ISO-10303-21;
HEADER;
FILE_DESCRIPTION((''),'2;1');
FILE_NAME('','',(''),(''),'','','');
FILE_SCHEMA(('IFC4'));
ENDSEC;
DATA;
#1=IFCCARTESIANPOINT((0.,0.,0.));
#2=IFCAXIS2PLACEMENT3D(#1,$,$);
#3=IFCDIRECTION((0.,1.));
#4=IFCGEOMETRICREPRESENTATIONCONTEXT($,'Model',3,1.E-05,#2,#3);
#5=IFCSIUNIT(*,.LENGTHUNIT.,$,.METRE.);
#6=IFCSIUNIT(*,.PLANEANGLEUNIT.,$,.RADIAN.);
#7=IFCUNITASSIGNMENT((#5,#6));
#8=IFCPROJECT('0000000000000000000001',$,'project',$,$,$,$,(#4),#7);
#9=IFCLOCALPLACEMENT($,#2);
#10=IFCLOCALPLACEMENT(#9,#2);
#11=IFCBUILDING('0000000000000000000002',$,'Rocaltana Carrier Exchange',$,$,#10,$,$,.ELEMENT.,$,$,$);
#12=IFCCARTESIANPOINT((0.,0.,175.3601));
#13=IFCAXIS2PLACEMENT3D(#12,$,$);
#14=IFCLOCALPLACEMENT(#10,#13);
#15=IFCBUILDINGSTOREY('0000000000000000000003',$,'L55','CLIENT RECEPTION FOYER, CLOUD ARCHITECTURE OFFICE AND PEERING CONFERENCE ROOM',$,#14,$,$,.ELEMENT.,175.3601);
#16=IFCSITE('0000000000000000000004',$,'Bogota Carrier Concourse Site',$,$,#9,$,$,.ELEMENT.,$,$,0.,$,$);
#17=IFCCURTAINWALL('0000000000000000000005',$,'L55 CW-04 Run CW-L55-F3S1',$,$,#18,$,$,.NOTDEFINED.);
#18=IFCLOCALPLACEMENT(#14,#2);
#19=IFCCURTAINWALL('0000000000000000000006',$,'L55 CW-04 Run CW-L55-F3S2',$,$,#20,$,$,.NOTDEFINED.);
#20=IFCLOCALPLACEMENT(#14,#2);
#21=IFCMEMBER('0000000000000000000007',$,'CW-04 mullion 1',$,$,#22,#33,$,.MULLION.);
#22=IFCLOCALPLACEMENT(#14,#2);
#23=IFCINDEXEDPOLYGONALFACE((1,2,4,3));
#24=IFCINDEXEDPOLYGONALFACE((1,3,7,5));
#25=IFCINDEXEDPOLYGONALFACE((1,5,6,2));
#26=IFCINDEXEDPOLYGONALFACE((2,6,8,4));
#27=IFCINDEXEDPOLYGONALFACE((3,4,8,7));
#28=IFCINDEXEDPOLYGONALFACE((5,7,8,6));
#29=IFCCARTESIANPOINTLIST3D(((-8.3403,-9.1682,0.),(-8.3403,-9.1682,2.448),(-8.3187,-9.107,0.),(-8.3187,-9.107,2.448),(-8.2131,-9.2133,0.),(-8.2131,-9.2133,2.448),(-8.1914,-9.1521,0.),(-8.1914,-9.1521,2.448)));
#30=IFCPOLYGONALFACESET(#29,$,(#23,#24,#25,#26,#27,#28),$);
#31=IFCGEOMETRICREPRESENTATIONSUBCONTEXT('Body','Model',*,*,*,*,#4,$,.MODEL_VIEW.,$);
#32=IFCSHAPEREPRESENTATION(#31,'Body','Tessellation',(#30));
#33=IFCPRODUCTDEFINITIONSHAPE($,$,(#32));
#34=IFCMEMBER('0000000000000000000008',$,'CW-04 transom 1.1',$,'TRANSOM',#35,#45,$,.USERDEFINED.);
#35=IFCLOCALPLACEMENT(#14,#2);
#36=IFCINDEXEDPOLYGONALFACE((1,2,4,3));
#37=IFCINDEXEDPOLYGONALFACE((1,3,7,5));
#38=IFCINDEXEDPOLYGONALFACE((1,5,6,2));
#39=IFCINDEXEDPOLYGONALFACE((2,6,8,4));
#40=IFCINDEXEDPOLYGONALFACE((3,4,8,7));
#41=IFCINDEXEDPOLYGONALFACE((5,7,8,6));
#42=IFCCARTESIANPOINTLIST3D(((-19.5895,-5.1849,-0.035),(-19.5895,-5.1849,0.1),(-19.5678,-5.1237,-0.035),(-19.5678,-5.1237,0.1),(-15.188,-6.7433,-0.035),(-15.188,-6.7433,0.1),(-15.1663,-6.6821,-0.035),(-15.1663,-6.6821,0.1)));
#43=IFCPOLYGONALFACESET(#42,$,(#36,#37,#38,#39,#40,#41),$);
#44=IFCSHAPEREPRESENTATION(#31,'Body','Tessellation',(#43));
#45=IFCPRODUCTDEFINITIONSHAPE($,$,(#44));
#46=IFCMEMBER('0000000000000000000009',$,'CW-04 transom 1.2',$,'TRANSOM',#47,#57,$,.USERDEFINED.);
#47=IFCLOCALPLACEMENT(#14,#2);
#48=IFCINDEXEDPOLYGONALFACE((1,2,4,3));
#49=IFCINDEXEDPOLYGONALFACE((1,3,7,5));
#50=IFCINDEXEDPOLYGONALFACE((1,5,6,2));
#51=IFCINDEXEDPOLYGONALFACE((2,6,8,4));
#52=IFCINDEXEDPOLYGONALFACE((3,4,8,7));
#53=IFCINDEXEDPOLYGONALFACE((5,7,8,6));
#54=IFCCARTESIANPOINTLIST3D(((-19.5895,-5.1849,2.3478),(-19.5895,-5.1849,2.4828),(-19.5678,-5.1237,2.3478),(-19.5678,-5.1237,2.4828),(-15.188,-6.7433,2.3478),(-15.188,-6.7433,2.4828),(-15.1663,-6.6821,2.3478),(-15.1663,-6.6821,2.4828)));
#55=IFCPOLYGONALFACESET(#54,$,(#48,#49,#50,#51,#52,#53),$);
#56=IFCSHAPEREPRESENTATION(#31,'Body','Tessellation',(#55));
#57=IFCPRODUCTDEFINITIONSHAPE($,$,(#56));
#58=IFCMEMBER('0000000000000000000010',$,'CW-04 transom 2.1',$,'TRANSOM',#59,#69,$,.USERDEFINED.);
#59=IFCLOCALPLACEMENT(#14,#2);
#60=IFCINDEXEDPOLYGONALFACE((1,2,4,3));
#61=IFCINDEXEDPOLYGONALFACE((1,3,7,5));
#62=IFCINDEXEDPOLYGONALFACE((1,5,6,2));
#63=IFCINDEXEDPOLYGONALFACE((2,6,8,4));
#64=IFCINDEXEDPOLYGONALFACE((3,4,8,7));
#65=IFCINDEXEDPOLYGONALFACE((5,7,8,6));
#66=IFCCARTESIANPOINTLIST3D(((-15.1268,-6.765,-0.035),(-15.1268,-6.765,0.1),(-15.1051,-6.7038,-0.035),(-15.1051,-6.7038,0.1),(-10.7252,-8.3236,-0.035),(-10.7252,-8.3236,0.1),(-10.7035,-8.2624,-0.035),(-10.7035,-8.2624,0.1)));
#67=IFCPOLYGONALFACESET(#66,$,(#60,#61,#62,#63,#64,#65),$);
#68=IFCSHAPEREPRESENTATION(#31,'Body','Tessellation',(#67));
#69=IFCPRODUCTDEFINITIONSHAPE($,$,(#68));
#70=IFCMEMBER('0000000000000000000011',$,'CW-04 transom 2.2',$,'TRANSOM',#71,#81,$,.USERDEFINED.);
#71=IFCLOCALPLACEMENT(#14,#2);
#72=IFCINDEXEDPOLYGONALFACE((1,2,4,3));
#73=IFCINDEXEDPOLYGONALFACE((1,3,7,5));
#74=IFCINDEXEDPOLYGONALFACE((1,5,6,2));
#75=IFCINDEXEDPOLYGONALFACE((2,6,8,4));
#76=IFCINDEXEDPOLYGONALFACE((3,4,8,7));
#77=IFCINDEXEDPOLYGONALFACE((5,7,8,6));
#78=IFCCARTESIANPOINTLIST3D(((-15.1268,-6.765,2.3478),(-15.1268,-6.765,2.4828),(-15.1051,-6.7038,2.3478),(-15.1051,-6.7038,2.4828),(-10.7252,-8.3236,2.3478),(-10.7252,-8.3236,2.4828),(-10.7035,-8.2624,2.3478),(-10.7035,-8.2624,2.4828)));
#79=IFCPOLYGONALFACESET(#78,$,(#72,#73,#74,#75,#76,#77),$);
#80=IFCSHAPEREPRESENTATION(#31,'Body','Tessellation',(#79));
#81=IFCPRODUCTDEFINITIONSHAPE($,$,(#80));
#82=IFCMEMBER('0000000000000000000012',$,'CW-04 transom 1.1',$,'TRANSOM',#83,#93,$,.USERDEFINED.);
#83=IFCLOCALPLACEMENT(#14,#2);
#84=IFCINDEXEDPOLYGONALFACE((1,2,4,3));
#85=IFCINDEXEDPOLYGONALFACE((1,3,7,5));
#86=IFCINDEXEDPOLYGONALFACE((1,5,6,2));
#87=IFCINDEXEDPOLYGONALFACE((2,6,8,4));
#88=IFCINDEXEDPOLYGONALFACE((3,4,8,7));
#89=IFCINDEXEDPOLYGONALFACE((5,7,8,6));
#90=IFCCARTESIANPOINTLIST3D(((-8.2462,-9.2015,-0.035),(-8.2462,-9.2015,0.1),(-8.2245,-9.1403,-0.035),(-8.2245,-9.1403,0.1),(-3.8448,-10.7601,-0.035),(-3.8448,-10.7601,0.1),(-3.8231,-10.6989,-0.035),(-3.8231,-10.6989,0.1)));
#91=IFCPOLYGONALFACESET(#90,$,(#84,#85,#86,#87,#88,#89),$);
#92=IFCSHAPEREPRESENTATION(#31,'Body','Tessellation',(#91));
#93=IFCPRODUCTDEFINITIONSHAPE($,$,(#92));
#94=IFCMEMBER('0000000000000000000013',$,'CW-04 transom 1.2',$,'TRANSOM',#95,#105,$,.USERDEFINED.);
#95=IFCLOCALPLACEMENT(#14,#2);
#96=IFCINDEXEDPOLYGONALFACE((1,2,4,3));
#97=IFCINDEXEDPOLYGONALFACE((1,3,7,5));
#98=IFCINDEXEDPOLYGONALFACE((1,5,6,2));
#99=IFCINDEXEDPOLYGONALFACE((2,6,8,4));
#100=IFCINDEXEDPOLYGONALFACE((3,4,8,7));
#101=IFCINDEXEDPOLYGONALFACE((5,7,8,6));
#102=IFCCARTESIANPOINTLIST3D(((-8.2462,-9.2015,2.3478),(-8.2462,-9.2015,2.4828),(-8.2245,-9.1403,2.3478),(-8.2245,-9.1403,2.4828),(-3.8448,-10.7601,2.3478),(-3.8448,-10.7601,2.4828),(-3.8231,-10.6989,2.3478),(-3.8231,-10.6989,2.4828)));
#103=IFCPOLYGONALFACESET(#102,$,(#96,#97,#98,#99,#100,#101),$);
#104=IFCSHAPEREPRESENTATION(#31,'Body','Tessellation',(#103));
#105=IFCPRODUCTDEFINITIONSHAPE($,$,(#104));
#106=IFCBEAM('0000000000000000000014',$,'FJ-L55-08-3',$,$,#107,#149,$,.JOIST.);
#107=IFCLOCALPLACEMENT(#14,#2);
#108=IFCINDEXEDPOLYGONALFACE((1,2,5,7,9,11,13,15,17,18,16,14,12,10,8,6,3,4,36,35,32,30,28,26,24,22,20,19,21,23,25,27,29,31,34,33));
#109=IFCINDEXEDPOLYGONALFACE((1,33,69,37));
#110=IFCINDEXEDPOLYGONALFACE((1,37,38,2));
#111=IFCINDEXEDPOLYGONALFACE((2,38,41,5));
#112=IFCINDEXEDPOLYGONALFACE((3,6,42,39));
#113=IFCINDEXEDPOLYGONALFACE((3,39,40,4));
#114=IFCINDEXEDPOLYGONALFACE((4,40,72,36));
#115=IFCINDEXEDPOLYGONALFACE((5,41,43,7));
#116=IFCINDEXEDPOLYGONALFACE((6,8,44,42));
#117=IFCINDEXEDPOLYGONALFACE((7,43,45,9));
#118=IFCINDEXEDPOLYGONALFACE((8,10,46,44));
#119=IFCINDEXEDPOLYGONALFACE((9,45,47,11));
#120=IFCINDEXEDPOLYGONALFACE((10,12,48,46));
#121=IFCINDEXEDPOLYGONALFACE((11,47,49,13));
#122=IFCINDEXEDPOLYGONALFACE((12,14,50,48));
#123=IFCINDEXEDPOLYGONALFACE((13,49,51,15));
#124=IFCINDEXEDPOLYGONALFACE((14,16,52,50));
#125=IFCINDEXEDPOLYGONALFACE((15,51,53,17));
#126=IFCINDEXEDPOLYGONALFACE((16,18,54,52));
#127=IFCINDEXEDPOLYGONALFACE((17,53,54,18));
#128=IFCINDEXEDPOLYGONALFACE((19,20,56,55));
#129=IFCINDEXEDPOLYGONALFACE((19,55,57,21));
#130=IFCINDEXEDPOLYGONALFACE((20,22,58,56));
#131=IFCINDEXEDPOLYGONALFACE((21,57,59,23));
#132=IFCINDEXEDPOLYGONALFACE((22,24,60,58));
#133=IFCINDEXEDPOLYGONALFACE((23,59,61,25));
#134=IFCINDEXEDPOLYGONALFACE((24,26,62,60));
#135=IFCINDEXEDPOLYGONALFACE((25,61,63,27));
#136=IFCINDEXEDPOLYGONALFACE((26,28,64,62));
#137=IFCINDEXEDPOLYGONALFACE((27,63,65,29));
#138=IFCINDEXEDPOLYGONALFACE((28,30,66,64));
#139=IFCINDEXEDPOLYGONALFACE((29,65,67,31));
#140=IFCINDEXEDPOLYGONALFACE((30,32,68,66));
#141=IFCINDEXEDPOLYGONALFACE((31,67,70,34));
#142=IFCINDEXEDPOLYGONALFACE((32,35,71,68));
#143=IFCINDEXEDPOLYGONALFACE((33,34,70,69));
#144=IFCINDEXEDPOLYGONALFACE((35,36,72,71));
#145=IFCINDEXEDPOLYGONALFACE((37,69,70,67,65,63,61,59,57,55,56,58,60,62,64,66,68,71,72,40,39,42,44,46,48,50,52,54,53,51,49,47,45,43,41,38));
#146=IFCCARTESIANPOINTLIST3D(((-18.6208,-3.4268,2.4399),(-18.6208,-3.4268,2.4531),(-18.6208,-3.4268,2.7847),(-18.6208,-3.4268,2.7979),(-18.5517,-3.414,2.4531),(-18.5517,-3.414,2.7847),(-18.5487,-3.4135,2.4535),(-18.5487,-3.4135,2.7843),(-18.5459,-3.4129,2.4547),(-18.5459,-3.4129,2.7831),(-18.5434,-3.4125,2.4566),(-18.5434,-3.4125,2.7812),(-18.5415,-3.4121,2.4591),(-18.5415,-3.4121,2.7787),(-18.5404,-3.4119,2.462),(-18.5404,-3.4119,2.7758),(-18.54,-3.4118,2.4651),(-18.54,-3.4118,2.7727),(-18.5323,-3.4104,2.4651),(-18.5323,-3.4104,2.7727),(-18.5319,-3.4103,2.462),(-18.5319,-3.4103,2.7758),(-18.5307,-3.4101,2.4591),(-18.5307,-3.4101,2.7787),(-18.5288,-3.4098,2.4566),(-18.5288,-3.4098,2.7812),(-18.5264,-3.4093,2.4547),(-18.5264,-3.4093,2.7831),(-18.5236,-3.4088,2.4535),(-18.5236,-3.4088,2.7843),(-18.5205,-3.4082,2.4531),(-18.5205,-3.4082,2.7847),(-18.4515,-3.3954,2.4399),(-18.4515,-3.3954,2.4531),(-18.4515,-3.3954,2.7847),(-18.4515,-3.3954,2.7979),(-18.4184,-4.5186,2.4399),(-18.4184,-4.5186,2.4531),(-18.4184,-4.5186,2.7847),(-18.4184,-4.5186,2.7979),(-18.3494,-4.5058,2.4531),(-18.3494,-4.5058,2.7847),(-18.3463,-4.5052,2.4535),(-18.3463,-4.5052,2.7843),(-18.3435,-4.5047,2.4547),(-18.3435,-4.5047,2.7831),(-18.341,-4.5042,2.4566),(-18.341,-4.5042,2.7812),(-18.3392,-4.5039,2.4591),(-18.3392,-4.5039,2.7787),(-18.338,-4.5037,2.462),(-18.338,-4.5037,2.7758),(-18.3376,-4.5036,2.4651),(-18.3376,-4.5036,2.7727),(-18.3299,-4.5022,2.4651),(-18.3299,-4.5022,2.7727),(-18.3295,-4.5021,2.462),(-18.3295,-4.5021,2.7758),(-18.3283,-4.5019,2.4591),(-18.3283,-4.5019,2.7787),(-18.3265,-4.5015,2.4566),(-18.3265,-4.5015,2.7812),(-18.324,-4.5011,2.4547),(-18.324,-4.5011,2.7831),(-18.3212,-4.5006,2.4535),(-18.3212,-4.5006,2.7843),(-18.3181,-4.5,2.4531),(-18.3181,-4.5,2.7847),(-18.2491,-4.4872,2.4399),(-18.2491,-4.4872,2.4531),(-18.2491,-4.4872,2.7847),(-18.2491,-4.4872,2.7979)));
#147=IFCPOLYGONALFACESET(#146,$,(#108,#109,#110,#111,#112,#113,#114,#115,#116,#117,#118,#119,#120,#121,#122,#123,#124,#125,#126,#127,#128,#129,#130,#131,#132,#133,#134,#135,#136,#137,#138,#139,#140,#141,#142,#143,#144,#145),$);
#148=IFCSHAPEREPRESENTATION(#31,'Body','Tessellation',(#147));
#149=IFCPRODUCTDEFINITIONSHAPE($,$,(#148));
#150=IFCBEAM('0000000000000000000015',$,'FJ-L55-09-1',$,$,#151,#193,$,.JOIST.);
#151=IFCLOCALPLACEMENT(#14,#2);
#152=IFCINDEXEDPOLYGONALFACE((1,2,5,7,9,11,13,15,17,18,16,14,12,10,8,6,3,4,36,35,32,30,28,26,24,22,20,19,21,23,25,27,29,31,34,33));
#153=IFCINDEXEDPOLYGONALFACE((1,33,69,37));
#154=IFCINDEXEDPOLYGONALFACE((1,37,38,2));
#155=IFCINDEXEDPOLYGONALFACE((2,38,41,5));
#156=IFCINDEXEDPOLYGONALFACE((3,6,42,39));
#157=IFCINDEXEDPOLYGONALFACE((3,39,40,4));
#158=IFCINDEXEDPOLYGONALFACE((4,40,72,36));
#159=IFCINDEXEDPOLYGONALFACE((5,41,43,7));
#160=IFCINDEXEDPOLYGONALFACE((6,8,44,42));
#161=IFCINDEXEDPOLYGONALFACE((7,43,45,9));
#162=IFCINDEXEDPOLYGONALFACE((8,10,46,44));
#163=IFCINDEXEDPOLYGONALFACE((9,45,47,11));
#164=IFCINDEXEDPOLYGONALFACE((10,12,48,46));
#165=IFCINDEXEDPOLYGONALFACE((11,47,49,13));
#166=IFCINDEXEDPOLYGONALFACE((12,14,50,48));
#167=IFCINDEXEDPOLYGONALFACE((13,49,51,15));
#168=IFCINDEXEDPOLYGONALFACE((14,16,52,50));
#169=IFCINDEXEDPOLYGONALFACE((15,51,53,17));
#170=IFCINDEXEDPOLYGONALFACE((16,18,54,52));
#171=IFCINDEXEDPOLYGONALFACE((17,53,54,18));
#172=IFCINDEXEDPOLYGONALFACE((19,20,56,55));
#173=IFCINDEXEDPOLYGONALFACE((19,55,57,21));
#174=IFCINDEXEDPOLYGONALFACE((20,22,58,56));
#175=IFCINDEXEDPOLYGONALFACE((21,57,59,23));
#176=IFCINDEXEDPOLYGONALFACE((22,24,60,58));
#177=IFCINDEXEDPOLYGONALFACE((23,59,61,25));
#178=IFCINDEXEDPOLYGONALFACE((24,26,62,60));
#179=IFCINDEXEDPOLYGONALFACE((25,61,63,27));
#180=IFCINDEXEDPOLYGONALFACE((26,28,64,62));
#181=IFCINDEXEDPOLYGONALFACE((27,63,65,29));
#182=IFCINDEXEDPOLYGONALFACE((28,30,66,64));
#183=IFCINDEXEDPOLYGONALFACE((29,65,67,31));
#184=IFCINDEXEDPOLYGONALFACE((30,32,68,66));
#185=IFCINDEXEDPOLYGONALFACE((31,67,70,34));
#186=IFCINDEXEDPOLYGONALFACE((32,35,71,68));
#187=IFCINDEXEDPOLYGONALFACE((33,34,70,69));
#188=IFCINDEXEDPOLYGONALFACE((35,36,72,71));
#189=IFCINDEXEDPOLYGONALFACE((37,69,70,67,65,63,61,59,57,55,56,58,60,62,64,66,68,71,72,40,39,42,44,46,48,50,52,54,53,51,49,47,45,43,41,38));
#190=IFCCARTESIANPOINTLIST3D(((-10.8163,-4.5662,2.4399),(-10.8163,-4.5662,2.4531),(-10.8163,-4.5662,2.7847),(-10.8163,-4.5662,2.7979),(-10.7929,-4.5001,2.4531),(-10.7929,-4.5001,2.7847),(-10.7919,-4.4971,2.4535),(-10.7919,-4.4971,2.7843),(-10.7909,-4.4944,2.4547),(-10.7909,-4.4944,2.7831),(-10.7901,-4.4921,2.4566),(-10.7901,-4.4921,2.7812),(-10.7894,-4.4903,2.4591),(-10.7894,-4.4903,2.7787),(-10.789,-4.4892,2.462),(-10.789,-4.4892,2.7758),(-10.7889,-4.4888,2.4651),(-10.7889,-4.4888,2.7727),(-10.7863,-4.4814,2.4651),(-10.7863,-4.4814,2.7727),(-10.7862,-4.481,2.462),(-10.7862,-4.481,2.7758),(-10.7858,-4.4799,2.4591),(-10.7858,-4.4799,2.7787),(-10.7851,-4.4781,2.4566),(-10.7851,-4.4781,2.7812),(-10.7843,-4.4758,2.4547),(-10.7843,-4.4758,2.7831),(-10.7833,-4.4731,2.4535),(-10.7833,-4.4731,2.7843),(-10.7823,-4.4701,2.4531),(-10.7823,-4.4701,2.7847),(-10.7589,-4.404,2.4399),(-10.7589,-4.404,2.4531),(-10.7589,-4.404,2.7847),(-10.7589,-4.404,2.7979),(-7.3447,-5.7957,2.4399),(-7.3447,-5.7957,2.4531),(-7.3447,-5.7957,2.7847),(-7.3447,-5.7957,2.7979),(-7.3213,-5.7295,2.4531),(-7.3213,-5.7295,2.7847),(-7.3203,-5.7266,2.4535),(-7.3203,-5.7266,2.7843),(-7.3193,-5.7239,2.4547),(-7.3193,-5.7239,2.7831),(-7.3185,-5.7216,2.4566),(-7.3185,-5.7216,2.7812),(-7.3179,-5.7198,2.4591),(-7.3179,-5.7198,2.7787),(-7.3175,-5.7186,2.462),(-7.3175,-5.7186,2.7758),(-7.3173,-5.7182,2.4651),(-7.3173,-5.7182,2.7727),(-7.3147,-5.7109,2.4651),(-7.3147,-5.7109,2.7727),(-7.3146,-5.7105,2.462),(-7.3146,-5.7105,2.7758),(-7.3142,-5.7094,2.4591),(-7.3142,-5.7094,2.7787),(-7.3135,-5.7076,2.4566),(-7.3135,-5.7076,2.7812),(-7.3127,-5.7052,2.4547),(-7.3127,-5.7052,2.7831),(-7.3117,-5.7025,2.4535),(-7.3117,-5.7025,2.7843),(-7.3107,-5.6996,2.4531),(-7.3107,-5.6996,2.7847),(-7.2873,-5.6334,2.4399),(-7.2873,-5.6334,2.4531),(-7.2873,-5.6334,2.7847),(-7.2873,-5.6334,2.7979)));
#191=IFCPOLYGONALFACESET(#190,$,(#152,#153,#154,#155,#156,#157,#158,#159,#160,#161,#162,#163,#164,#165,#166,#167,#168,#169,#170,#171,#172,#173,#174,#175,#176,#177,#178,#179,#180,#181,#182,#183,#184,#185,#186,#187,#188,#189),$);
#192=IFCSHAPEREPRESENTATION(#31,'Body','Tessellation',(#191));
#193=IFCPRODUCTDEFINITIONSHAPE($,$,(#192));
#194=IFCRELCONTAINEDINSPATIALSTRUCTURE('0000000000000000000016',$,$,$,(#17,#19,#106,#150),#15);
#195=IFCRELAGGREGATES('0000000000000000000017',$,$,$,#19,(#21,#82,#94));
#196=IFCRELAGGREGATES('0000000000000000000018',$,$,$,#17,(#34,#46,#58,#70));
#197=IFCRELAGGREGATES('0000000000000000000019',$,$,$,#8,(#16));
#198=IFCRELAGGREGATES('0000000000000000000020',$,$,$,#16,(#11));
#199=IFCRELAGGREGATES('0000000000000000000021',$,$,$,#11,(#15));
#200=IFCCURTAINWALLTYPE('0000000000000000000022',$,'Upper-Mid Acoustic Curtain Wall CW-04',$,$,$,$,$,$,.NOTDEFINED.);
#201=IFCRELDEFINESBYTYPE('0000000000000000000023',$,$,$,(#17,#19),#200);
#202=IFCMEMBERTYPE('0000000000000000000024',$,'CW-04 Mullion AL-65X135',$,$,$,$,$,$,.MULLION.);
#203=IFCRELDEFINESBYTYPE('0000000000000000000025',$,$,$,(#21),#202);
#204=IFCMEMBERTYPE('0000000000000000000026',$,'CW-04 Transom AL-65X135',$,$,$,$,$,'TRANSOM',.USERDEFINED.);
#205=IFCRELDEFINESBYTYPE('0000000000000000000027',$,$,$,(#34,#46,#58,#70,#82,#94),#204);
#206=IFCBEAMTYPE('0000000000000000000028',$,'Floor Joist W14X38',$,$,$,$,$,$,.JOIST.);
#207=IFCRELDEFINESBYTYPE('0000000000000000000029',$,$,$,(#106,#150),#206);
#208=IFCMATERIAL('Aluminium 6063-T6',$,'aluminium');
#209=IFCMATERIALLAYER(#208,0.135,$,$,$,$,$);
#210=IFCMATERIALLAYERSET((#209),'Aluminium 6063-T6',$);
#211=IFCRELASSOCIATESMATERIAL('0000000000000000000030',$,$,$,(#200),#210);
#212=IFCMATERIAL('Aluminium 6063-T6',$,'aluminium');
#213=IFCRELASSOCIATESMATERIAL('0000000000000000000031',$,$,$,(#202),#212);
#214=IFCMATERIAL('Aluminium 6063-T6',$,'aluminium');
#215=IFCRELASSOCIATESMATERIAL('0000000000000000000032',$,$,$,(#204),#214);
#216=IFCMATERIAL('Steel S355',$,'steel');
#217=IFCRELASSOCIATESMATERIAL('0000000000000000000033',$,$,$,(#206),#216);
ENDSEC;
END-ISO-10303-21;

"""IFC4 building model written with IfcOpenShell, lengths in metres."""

from ifc_helpers import new_model, si_unit, direction, frame, origin, origin_2d, place, context, subcontext, project, spatial, rectangle, i_section, extrude, material, layer, layer_set, material_profile, profile_set, type_object, element, aggregate, save


model = new_model("IFC4")

# Units and contexts
model_context = context("Model", 3, precision=1e-05, world=origin(), true_north=direction((0.0, 1.0)))
body_context = subcontext(model_context, "Body", "Model", "MODEL_VIEW")
ifc_project = project(units=[si_unit("LENGTHUNIT", "METRE"), si_unit("PLANEANGLEUNIT", "RADIAN")], contexts=[model_context])

# Site, building, storey
site_placement = place(None, origin())
site = spatial("IfcSite", under=ifc_project, at=site_placement, Name="Bogota Carrier Concourse Site", CompositionType="ELEMENT", RefElevation=0.0)
building_placement = place(site_placement, origin())
building = spatial("IfcBuilding", under=site, at=building_placement, Name="Rocaltana Carrier Exchange", CompositionType="ELEMENT")
storey_placement = place(building_placement, frame((0.0, 0.0, 175.3601)))
storey = spatial("IfcBuildingStorey", under=building, at=storey_placement, Name="L55", Description="CLIENT RECEPTION FOYER, CLOUD ARCHITECTURE OFFICE AND PEERING CONFERENCE ROOM", CompositionType="ELEMENT", Elevation=175.3601)

# Shared definitions
ifc_material_1 = material(Name="Aluminium 6063-T6", Category="aluminium")
ifc_layer_1 = layer(ifc_material_1, 0.135)
ifc_layer_set_1 = layer_set([ifc_layer_1], Name="Aluminium 6063-T6")
curtain_wall_type = type_object("IfcCurtainWallType", Name="Upper-Mid Acoustic Curtain Wall CW-04", PredefinedType="NOTDEFINED", material=ifc_layer_set_1)
ifc_material_2 = material(Name="Aluminium 6063-T6", Category="aluminium")
ifc_material_profile_1 = material_profile(ifc_material_2, rectangle(XDim=0.0649, YDim=0.135, at=origin_2d()), Name="AL-65X135")
ifc_profile_set_1 = profile_set([ifc_material_profile_1], Name="Aluminium 6063-T6")
member_type_1 = type_object("IfcMemberType", Name="CW-04 Mullion AL-65X135", PredefinedType="MULLION", material=ifc_profile_set_1)

# Curtain wall
curtain_wall_1_placement = place(storey_placement, origin())
curtain_wall_1 = element("IfcCurtainWall", 1, at=curtain_wall_1_placement, inside=storey, type_object=curtain_wall_type, Name="L55 CW-04 Run CW-L55-F3S1", PredefinedType="NOTDEFINED")

# Curtain wall, member
curtain_wall_2_placement = place(storey_placement, origin())
curtain_wall_2 = element("IfcCurtainWall", 2, at=curtain_wall_2_placement, inside=storey, type_object=curtain_wall_type, Name="L55 CW-04 Run CW-L55-F3S2", PredefinedType="NOTDEFINED")
member_1_placement = place(storey_placement, frame((-8.2659, -9.1602, 0.0), z_axis=(0.0, 0.0, 1.0), x_axis=(0.333799, 0.942644, 0.0)))
member_1 = element("IfcMember", 3, at=member_1_placement, type_object=member_type_1, Name="CW-04 mullion 1", PredefinedType="MULLION", context=body_context, shape_type="SweptSolid", body=[
    extrude(rectangle(XDim=0.0649, YDim=0.135, at=origin_2d()), origin(), (0.0, 0.0, 1.0), 2.448),
])

# Members
ifc_material_3 = material(Name="Aluminium 6063-T6", Category="aluminium")
ifc_material_profile_2 = material_profile(ifc_material_3, rectangle(XDim=0.0649, YDim=0.135, at=origin_2d()), Name="AL-65X135")
ifc_profile_set_2 = profile_set([ifc_material_profile_2], Name="Aluminium 6063-T6")
member_type_2 = type_object("IfcMemberType", Name="CW-04 Transom AL-65X135", ElementType="TRANSOM", PredefinedType="USERDEFINED", material=ifc_profile_set_2)
member_2_placement = place(storey_placement, frame((-19.5786, -5.1543, 0.0325), z_axis=(0.942659, -0.333758, 0.0), x_axis=(0.333758, 0.942659, 0.0)))
member_2 = element("IfcMember", 4, at=member_2_placement, type_object=member_type_2, Name="CW-04 transom 1.1", ObjectType="TRANSOM", PredefinedType="USERDEFINED", context=body_context, shape_type="SweptSolid", body=[
    extrude(rectangle(XDim=0.0649, YDim=0.135, at=origin_2d()), origin(), (0.0, 0.0, 1.0), 4.6692),
])
member_3_placement = place(storey_placement, frame((-19.5786, -5.1543, 2.4153), z_axis=(0.942659, -0.333758, 0.0), x_axis=(0.333758, 0.942659, 0.0)))
member_3 = element("IfcMember", 5, at=member_3_placement, type_object=member_type_2, Name="CW-04 transom 1.2", ObjectType="TRANSOM", PredefinedType="USERDEFINED", context=body_context, shape_type="SweptSolid", body=[
    extrude(rectangle(XDim=0.0649, YDim=0.135, at=origin_2d()), origin(), (0.0, 0.0, 1.0), 4.6692),
])
member_4_placement = place(storey_placement, frame((-15.116, -6.7344, 0.0325), z_axis=(0.942648, -0.333788, 0.0), x_axis=(0.333788, 0.942648, 0.0)))
member_4 = element("IfcMember", 6, at=member_4_placement, type_object=member_type_2, Name="CW-04 transom 2.1", ObjectType="TRANSOM", PredefinedType="USERDEFINED", context=body_context, shape_type="SweptSolid", body=[
    extrude(rectangle(XDim=0.0649, YDim=0.135, at=origin_2d()), origin(), (0.0, 0.0, 1.0), 4.6694),
])
member_5_placement = place(storey_placement, frame((-15.116, -6.7344, 2.4153), z_axis=(0.942648, -0.333788, 0.0), x_axis=(0.333788, 0.942648, 0.0)))
member_5 = element("IfcMember", 7, at=member_5_placement, type_object=member_type_2, Name="CW-04 transom 2.2", ObjectType="TRANSOM", PredefinedType="USERDEFINED", context=body_context, shape_type="SweptSolid", body=[
    extrude(rectangle(XDim=0.0649, YDim=0.135, at=origin_2d()), origin(), (0.0, 0.0, 1.0), 4.6694),
])
member_6_placement = place(storey_placement, frame((-8.2354, -9.1709, 0.0325), z_axis=(0.942642, -0.333805, 0.0), x_axis=(0.333805, 0.942642, 0.0)))
member_6 = element("IfcMember", 8, at=member_6_placement, type_object=member_type_2, Name="CW-04 transom 1.1", ObjectType="TRANSOM", PredefinedType="USERDEFINED", context=body_context, shape_type="SweptSolid", body=[
    extrude(rectangle(XDim=0.0649, YDim=0.135, at=origin_2d()), origin(), (0.0, 0.0, 1.0), 4.6692),
])
member_7_placement = place(storey_placement, frame((-8.2354, -9.1709, 2.4153), z_axis=(0.942642, -0.333805, 0.0), x_axis=(0.333805, 0.942642, 0.0)))
member_7 = element("IfcMember", 9, at=member_7_placement, type_object=member_type_2, Name="CW-04 transom 1.2", ObjectType="TRANSOM", PredefinedType="USERDEFINED", context=body_context, shape_type="SweptSolid", body=[
    extrude(rectangle(XDim=0.0649, YDim=0.135, at=origin_2d()), origin(), (0.0, 0.0, 1.0), 4.6692),
])
aggregate(curtain_wall_2, [member_1, member_6, member_7])

# Beams
ifc_material_4 = material(Name="Steel S355", Category="steel")
ifc_material_profile_3 = material_profile(ifc_material_4, i_section(OverallWidth=0.1721, OverallDepth=0.3579, WebThickness=0.0078, FlangeThickness=0.0132, FilletRadius=0.012, at=origin_2d()), Name="W14X38")
ifc_profile_set_3 = profile_set([ifc_material_profile_3], Name="Steel S355")
beam_type_1 = type_object("IfcBeamType", Name="Floor Joist W14X38", PredefinedType="JOIST", material=ifc_profile_set_3)
beam_1_placement = place(storey_placement, frame((-18.5361, -3.4111, 2.6189), z_axis=(0.18227, -0.983248, 0.0), x_axis=(0.983248, 0.18227, 0.0)))
element("IfcBeam", 10, at=beam_1_placement, inside=storey, type_object=beam_type_1, Name="FJ-L55-08-3", PredefinedType="JOIST", context=body_context, shape_type="SweptSolid", body=[
    extrude(i_section(OverallWidth=0.1721, OverallDepth=0.3579, WebThickness=0.0078, FlangeThickness=0.0132, FilletRadius=0.012, at=origin_2d()), origin(), (0.0, 0.0, 1.0), 1.1104),
])
beam_2_placement = place(storey_placement, frame((-10.7876, -4.4851, 2.6189), z_axis=(0.942632, -0.333832, 0.0), x_axis=(0.333832, 0.942632, 0.0)))
element("IfcBeam", 11, at=beam_2_placement, inside=storey, type_object=beam_type_1, Name="FJ-L55-09-1", PredefinedType="JOIST", context=body_context, shape_type="SweptSolid", body=[
    extrude(i_section(OverallWidth=0.1721, OverallDepth=0.3579, WebThickness=0.0078, FlangeThickness=0.0132, FilletRadius=0.012, at=origin_2d()), origin(), (0.0, 0.0, 1.0), 3.6829),
])

aggregate(curtain_wall_1, [member_2, member_3, member_4, member_5])

save(model, "model.ifc")
